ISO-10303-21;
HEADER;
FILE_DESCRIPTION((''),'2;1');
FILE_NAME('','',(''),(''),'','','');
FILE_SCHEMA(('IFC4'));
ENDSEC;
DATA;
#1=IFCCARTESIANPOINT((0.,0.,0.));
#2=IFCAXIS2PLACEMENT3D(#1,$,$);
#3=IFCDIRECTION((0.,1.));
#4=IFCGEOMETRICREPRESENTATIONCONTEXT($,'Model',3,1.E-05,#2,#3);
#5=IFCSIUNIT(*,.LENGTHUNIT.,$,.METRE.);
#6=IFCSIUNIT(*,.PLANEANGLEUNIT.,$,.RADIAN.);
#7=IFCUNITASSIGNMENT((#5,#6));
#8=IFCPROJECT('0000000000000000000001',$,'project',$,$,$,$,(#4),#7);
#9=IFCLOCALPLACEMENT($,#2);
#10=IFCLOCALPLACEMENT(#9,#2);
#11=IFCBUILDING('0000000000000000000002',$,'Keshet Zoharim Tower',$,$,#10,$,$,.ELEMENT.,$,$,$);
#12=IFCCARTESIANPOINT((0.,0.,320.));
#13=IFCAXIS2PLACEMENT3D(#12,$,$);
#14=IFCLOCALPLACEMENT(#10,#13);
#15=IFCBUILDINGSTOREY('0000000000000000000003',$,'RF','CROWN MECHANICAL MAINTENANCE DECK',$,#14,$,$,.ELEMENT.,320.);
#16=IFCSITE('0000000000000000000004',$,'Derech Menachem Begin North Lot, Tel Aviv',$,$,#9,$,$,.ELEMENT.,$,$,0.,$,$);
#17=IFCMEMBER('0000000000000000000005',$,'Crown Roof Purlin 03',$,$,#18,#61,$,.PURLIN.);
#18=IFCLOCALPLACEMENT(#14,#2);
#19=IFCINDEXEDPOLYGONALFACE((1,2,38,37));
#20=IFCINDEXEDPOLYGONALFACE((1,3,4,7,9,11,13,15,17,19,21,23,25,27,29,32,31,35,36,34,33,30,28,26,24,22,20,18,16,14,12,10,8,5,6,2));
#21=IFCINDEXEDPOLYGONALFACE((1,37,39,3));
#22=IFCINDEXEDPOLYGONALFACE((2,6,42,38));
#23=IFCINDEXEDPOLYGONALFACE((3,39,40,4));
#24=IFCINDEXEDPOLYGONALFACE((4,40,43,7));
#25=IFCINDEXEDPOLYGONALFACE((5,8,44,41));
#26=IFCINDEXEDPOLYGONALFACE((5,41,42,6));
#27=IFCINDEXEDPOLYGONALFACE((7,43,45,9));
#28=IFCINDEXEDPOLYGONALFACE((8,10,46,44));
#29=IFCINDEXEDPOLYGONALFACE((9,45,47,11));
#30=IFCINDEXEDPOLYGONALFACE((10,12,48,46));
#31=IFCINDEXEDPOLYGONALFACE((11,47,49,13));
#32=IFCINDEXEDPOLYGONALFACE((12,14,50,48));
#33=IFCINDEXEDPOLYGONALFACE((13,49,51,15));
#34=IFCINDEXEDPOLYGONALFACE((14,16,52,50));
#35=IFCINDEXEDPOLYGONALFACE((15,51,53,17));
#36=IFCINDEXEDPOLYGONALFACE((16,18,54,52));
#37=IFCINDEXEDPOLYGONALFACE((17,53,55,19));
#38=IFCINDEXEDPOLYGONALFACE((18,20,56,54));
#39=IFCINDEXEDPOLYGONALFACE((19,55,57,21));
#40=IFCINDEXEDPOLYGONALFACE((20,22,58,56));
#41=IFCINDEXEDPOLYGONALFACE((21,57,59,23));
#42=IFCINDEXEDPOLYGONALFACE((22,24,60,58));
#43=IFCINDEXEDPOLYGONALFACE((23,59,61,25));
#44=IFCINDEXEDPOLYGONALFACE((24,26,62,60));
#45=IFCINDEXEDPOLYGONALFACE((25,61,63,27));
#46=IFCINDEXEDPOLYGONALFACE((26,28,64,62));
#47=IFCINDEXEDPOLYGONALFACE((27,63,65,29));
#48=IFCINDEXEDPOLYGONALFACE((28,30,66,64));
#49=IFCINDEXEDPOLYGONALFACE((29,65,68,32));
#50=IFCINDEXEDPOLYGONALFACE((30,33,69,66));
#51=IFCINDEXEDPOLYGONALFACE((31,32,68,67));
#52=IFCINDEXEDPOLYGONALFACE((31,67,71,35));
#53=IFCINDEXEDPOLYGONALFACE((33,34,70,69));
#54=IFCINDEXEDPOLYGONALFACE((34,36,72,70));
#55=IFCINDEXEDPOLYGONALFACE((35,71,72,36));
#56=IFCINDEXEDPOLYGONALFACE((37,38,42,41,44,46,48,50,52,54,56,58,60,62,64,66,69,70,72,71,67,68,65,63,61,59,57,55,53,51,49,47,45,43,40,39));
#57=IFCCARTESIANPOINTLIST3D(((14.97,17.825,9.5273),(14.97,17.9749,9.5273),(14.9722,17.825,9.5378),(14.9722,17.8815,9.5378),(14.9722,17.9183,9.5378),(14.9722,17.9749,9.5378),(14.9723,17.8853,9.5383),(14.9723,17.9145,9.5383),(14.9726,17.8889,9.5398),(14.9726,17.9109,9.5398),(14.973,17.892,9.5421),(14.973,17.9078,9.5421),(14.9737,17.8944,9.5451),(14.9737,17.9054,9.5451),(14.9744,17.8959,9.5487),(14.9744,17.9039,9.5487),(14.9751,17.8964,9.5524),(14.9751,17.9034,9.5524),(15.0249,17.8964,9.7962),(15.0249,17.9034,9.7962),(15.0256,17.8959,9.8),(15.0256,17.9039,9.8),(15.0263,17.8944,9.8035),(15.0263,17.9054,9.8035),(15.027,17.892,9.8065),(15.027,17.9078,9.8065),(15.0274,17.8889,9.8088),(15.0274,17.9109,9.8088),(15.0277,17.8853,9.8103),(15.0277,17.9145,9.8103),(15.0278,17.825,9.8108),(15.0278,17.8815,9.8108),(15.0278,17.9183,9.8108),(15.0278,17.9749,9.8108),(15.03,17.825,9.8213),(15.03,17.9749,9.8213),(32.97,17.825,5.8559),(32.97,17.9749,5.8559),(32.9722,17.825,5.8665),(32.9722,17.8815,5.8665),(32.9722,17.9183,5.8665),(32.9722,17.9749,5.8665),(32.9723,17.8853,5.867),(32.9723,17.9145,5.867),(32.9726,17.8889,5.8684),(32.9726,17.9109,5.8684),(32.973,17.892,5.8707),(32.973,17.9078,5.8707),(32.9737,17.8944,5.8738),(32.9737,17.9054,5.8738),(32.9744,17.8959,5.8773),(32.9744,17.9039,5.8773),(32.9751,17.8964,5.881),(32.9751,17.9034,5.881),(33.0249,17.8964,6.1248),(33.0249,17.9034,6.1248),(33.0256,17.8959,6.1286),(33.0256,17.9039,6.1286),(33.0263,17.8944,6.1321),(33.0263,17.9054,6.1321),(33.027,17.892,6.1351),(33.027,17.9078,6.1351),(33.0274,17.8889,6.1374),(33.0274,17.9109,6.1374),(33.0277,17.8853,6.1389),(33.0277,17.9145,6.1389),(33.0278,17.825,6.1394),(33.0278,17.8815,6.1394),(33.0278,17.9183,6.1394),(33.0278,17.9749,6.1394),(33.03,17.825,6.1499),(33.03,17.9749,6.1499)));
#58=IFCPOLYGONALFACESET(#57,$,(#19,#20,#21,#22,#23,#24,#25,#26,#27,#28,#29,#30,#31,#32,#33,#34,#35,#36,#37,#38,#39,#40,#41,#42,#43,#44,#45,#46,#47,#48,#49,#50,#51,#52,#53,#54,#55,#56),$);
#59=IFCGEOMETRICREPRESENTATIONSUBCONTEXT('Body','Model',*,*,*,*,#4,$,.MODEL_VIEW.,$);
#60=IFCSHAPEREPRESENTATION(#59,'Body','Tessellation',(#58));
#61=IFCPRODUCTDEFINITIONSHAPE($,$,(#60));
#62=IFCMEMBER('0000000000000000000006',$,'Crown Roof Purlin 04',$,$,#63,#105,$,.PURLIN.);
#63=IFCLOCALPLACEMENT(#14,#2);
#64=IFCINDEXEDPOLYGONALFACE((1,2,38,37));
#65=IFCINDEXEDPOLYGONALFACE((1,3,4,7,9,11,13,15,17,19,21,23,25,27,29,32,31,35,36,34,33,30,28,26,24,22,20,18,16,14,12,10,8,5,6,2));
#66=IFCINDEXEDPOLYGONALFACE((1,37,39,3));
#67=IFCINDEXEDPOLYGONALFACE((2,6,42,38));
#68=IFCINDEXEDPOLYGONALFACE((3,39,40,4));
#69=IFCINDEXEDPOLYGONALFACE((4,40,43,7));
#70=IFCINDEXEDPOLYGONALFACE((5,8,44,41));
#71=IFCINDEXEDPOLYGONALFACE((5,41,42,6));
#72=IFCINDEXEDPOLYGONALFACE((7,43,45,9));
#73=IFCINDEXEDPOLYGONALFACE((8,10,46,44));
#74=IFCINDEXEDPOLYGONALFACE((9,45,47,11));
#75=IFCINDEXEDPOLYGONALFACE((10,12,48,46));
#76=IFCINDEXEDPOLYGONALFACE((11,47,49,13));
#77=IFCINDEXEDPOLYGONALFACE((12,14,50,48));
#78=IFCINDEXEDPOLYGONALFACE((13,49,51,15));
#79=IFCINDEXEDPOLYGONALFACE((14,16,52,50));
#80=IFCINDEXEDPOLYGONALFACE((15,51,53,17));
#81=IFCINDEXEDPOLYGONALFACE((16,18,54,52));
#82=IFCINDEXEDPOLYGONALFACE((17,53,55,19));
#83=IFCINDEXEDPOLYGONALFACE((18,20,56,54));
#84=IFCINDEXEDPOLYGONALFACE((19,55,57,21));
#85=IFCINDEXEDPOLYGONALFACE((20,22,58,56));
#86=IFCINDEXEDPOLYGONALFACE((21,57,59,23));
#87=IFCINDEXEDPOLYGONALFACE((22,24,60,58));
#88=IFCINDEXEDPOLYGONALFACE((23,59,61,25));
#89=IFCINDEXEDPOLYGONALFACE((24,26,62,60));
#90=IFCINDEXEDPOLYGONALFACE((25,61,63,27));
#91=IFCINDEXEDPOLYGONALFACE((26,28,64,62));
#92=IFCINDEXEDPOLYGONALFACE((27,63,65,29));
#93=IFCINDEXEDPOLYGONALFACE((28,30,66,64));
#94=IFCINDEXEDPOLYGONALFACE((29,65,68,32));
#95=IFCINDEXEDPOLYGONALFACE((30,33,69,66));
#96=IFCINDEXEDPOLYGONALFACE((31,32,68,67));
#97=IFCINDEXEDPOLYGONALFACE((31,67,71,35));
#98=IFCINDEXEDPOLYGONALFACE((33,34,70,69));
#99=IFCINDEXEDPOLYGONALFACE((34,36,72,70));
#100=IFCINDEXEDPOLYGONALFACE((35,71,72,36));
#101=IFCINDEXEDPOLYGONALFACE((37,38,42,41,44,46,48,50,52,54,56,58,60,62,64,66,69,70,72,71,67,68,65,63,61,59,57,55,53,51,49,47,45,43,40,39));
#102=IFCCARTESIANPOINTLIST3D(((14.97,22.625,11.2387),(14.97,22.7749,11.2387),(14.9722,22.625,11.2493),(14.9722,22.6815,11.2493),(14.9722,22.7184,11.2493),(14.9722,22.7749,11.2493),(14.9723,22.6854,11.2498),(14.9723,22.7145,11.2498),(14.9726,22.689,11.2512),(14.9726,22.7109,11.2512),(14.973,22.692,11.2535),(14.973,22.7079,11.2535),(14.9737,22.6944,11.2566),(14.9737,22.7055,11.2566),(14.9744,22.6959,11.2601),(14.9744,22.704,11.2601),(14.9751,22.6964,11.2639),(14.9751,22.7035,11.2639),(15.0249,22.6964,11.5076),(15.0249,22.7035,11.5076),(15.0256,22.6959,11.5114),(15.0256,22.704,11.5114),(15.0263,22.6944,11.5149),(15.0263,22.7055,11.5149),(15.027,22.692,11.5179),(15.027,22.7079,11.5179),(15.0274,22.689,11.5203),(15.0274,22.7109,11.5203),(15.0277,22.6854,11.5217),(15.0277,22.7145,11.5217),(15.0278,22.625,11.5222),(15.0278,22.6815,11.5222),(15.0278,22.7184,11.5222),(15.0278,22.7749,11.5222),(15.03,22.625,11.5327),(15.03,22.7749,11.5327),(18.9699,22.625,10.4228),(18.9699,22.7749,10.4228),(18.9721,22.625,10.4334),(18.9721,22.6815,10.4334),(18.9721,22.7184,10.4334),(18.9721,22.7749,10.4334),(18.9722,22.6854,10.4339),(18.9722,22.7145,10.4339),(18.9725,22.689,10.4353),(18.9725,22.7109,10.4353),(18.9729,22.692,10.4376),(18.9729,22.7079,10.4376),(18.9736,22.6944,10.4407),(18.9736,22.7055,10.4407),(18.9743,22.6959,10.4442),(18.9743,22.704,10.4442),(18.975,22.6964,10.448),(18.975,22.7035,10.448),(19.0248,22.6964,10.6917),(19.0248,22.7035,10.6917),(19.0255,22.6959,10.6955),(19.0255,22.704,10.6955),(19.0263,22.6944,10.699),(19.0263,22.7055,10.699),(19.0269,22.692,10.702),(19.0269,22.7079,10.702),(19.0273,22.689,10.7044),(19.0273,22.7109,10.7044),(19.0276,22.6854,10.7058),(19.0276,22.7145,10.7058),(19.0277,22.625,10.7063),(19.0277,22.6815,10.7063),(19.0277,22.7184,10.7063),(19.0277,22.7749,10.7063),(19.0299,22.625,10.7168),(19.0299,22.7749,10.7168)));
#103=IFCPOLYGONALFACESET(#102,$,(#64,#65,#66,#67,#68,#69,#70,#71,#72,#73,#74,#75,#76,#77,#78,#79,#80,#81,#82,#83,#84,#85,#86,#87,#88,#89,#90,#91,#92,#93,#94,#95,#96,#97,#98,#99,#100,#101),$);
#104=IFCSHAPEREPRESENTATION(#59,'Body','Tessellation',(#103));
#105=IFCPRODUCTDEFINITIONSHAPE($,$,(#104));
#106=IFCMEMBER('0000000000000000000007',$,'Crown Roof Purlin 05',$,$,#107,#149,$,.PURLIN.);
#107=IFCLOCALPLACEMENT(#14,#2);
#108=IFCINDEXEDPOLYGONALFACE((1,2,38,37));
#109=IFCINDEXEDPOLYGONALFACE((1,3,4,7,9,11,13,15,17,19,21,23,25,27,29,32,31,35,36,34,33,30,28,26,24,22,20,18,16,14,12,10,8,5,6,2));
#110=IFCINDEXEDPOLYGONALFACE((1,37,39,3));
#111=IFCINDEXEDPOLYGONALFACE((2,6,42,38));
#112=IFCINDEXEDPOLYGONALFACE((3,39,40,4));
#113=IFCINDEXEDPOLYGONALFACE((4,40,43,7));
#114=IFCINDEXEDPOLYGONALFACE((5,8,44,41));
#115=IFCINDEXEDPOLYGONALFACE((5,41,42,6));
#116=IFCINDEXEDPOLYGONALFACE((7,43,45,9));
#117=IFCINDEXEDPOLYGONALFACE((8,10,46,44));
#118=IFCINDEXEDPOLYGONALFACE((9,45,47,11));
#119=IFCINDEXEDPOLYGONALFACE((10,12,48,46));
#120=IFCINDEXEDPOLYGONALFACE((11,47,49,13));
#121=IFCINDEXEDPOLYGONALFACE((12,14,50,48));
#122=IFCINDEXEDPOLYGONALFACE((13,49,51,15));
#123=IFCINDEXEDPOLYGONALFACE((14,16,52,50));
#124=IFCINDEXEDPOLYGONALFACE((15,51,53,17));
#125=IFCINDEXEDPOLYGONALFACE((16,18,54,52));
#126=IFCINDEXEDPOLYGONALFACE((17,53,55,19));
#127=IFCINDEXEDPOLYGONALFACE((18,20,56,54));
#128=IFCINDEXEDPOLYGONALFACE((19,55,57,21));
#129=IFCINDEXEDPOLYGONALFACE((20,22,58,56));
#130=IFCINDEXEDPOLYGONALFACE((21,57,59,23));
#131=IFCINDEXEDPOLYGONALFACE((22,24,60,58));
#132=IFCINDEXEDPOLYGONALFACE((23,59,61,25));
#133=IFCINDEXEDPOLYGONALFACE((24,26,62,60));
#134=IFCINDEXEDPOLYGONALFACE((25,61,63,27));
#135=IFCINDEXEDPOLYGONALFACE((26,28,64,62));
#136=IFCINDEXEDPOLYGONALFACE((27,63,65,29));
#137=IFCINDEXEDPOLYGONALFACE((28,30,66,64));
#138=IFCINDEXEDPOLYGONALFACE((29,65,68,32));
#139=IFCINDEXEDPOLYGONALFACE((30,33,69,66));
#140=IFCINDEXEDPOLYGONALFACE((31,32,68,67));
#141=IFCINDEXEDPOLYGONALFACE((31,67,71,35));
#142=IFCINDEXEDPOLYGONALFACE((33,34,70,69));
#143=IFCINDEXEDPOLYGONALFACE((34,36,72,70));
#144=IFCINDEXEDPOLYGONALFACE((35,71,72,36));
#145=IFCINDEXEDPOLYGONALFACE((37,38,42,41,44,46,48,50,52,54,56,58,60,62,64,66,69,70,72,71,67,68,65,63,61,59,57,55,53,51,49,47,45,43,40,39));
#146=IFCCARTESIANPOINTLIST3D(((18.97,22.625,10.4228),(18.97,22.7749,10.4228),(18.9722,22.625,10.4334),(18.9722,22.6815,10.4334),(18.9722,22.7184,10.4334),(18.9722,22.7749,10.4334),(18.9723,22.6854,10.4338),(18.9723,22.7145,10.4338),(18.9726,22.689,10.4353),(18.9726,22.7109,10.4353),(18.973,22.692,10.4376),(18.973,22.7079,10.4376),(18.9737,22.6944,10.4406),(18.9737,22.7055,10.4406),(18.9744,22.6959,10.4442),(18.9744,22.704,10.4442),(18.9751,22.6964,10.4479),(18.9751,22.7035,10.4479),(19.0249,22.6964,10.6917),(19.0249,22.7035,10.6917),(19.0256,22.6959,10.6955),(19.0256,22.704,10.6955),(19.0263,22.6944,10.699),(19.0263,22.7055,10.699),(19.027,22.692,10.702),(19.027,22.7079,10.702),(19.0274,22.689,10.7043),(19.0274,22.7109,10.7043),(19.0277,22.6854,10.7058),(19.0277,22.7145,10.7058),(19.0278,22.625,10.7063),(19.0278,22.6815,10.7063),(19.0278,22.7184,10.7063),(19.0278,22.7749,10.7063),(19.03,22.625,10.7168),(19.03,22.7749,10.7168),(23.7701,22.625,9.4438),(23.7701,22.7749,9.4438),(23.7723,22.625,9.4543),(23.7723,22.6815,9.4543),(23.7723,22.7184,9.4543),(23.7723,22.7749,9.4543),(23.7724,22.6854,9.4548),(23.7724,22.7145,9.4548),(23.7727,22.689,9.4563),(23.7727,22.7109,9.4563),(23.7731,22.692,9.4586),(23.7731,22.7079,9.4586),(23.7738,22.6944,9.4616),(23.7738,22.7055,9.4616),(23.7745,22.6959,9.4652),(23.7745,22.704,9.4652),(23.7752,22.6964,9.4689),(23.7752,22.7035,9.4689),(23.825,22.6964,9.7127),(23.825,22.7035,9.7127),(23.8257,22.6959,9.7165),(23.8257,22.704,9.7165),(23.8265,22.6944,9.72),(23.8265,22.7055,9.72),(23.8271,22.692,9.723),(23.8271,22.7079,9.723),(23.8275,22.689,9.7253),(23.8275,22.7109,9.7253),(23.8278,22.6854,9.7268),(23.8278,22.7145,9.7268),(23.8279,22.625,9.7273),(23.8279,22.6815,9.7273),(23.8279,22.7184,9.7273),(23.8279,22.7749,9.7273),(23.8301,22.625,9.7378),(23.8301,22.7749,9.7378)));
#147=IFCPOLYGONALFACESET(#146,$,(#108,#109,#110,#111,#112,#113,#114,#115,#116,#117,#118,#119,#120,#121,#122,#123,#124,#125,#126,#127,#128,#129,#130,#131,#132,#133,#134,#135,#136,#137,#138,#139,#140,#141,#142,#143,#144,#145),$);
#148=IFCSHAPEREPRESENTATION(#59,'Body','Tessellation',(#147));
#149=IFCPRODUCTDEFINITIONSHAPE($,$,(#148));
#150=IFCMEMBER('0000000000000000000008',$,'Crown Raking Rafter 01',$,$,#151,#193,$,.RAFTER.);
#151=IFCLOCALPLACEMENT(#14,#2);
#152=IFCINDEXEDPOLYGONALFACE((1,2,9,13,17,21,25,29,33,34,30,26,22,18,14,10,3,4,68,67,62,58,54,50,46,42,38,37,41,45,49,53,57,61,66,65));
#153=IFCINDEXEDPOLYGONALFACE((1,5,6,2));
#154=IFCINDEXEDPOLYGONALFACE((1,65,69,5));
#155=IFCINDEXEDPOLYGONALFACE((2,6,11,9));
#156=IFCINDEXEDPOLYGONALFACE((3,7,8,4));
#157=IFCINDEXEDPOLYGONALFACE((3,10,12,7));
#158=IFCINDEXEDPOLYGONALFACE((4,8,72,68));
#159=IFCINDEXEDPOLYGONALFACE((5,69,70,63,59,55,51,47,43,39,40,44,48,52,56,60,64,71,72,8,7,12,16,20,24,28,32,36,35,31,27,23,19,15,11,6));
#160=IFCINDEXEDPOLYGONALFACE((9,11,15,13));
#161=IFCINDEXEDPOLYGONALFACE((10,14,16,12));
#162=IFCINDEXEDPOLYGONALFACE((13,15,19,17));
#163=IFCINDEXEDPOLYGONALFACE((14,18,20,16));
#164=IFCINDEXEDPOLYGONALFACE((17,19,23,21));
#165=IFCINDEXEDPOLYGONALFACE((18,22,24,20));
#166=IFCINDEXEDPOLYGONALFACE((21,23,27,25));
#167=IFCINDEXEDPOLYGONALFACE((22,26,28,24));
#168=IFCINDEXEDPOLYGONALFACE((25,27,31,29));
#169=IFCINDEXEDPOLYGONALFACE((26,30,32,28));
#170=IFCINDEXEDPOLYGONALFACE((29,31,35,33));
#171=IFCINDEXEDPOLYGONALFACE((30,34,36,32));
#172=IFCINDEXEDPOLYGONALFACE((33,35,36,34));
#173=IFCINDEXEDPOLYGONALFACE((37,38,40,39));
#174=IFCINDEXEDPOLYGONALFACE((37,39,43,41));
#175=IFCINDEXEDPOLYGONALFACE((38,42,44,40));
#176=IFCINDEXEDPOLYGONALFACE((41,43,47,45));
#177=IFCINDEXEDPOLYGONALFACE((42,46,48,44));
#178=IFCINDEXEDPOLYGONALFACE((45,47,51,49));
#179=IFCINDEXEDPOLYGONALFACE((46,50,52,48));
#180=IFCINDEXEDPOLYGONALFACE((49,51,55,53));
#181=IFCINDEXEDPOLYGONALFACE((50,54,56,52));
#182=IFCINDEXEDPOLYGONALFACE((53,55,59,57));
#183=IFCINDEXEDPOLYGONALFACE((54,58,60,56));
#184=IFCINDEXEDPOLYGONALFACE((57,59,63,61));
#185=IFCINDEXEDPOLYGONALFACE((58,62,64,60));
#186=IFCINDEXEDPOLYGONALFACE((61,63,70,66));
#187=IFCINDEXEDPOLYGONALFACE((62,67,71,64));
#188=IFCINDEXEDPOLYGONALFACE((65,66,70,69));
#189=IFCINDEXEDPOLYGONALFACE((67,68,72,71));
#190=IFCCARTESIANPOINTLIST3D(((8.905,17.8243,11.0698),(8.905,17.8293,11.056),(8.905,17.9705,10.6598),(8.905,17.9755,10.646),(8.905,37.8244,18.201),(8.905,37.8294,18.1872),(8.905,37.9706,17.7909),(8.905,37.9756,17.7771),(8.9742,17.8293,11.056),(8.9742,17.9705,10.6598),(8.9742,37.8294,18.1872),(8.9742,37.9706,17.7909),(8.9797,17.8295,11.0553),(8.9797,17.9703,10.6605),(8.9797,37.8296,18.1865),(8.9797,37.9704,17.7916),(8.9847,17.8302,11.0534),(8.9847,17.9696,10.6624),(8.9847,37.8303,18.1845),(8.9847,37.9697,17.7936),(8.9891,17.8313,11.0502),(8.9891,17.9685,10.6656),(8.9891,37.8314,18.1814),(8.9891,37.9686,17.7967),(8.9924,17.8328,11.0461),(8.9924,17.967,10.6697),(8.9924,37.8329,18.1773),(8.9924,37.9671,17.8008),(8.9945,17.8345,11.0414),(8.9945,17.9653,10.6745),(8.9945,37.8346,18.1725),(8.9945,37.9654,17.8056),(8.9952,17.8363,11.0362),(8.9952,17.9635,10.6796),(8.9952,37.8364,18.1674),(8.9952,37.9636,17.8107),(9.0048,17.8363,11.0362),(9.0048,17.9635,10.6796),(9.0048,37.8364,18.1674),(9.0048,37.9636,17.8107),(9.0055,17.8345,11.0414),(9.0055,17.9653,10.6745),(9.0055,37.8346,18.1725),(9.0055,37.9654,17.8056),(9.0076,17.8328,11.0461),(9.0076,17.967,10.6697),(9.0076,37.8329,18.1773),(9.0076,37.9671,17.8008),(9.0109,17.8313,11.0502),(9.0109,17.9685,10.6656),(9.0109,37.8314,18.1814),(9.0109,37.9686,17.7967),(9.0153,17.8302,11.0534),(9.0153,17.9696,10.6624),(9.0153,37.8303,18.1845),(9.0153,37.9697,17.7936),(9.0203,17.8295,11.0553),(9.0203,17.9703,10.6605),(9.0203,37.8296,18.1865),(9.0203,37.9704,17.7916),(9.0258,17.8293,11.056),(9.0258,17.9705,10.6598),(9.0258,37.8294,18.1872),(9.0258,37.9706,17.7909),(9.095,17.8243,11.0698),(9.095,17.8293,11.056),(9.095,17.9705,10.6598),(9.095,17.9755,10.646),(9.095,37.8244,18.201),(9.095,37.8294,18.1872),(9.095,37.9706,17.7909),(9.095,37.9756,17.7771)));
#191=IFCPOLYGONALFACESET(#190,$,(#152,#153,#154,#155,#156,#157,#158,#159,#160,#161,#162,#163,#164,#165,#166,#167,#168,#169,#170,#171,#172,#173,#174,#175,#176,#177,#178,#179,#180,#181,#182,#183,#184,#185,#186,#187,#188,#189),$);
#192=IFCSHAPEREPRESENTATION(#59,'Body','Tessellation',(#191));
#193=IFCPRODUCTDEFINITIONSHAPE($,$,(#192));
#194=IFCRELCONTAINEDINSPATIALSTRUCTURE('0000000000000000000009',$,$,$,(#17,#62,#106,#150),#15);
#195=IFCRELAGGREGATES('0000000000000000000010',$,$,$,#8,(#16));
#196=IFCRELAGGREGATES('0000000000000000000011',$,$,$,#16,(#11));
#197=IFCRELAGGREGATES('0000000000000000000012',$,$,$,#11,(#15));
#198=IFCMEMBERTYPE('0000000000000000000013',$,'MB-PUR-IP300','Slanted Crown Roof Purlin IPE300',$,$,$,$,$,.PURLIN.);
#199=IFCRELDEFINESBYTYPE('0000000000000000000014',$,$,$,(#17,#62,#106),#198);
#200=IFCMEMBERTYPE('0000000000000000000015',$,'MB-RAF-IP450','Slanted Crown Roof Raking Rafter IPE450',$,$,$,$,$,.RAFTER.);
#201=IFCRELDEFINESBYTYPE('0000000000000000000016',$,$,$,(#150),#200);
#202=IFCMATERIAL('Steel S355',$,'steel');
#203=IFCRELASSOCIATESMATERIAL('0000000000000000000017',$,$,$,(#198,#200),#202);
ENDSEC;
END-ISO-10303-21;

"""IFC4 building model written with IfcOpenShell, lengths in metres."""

from ifc_helpers import new_model, si_unit, direction, frame, origin, origin_2d, place, context, subcontext, project, spatial, i_section, extrude, material, material_profile, profile_set, type_object, element, save


model = new_model("IFC4")

# Units and contexts
model_context = context("Model", 3, precision=1e-05, world=origin(), true_north=direction((0.0, 1.0)))
body_context = subcontext(model_context, "Body", "Model", "MODEL_VIEW")
ifc_project = project(units=[si_unit("LENGTHUNIT", "METRE"), si_unit("PLANEANGLEUNIT", "RADIAN")], contexts=[model_context])

# Site, building, storey
site_placement = place(None, origin())
site = spatial("IfcSite", under=ifc_project, at=site_placement, Name="Derech Menachem Begin North Lot, Tel Aviv", CompositionType="ELEMENT", RefElevation=0.0)
building_placement = place(site_placement, origin())
building = spatial("IfcBuilding", under=site, at=building_placement, Name="Keshet Zoharim Tower", CompositionType="ELEMENT")
storey_placement = place(building_placement, frame((0.0, 0.0, 320.0)))
storey = spatial("IfcBuildingStorey", under=building, at=storey_placement, Name="RF", Description="CROWN MECHANICAL MAINTENANCE DECK", CompositionType="ELEMENT", Elevation=320.0)

# Shared definitions
ifc_material_1 = material(Name="Steel S355", Category="steel")

# Members
ifc_material_profile_1 = material_profile(ifc_material_1, i_section(OverallWidth=0.1499, OverallDepth=0.3, WebThickness=0.0071, FlangeThickness=0.0107, FilletRadius=0.0149, at=origin_2d()), Name="IPE300")
ifc_profile_set_1 = profile_set([ifc_material_profile_1], Name="Steel S355")
member_type_1 = type_object("IfcMemberType", Name="MB-PUR-IP300", Description="Slanted Crown Roof Purlin IPE300", PredefinedType="PURLIN", material=ifc_profile_set_1)
member_1_placement = place(storey_placement, frame((15.0, 17.8999, 9.6743), z_axis=(0.979826, 0.0, -0.199851), x_axis=(0.0, 1.0, 0.0)))
element("IfcMember", 1, at=member_1_placement, inside=storey, type_object=member_type_1, Name="Crown Roof Purlin 03", PredefinedType="PURLIN", context=body_context, shape_type="SweptSolid", body=[
    extrude(i_section(OverallWidth=0.1499, OverallDepth=0.3, WebThickness=0.0071, FlangeThickness=0.0107, FilletRadius=0.0149, at=origin_2d()), origin(), (0.0, 0.0, 1.0), 18.3706),
])
member_2_placement = place(storey_placement, frame((15.0, 22.7, 11.3857), z_axis=(0.979824, 0.0, -0.199864), x_axis=(0.0, 1.0, 0.0)))
element("IfcMember", 2, at=member_2_placement, inside=storey, type_object=member_type_1, Name="Crown Roof Purlin 04", PredefinedType="PURLIN", context=body_context, shape_type="SweptSolid", body=[
    extrude(i_section(OverallWidth=0.1499, OverallDepth=0.3, WebThickness=0.0071, FlangeThickness=0.0107, FilletRadius=0.0149, at=origin_2d()), origin(), (0.0, 0.0, 1.0), 4.0823),
])
member_3_placement = place(storey_placement, frame((19.0, 22.7, 10.5698), z_axis=(0.979828, 0.0, -0.199843), x_axis=(0.0, 1.0, 0.0)))
element("IfcMember", 3, at=member_3_placement, inside=storey, type_object=member_type_1, Name="Crown Roof Purlin 05", PredefinedType="PURLIN", context=body_context, shape_type="SweptSolid", body=[
    extrude(i_section(OverallWidth=0.1499, OverallDepth=0.3, WebThickness=0.0071, FlangeThickness=0.0107, FilletRadius=0.0149, at=origin_2d()), origin(), (0.0, 0.0, 1.0), 4.8989),
])
ifc_material_profile_2 = material_profile(ifc_material_1, i_section(OverallWidth=0.1899, OverallDepth=0.45, WebThickness=0.0095, FlangeThickness=0.0146, FilletRadius=0.021, at=origin_2d()), Name="IPE450")
ifc_profile_set_2 = profile_set([ifc_material_profile_2], Name="Steel S355")
member_type_2 = type_object("IfcMemberType", Name="MB-RAF-IP450", Description="Slanted Crown Roof Raking Rafter IPE450", PredefinedType="RAFTER", material=ifc_profile_set_2)
member_4_placement = place(storey_placement, frame((9.0, 17.8999, 10.8579), z_axis=(0.0, 0.941917, 0.335845), x_axis=(-1.0, 0.0, 0.0)))
element("IfcMember", 4, at=member_4_placement, inside=storey, type_object=member_type_2, Name="Crown Raking Rafter 01", PredefinedType="RAFTER", context=body_context, shape_type="SweptSolid", body=[
    extrude(i_section(OverallWidth=0.1899, OverallDepth=0.45, WebThickness=0.0095, FlangeThickness=0.0146, FilletRadius=0.021, at=origin_2d()), origin(), (0.0, 0.0, 1.0), 21.2334),
])

save(model, "model.ifc")
